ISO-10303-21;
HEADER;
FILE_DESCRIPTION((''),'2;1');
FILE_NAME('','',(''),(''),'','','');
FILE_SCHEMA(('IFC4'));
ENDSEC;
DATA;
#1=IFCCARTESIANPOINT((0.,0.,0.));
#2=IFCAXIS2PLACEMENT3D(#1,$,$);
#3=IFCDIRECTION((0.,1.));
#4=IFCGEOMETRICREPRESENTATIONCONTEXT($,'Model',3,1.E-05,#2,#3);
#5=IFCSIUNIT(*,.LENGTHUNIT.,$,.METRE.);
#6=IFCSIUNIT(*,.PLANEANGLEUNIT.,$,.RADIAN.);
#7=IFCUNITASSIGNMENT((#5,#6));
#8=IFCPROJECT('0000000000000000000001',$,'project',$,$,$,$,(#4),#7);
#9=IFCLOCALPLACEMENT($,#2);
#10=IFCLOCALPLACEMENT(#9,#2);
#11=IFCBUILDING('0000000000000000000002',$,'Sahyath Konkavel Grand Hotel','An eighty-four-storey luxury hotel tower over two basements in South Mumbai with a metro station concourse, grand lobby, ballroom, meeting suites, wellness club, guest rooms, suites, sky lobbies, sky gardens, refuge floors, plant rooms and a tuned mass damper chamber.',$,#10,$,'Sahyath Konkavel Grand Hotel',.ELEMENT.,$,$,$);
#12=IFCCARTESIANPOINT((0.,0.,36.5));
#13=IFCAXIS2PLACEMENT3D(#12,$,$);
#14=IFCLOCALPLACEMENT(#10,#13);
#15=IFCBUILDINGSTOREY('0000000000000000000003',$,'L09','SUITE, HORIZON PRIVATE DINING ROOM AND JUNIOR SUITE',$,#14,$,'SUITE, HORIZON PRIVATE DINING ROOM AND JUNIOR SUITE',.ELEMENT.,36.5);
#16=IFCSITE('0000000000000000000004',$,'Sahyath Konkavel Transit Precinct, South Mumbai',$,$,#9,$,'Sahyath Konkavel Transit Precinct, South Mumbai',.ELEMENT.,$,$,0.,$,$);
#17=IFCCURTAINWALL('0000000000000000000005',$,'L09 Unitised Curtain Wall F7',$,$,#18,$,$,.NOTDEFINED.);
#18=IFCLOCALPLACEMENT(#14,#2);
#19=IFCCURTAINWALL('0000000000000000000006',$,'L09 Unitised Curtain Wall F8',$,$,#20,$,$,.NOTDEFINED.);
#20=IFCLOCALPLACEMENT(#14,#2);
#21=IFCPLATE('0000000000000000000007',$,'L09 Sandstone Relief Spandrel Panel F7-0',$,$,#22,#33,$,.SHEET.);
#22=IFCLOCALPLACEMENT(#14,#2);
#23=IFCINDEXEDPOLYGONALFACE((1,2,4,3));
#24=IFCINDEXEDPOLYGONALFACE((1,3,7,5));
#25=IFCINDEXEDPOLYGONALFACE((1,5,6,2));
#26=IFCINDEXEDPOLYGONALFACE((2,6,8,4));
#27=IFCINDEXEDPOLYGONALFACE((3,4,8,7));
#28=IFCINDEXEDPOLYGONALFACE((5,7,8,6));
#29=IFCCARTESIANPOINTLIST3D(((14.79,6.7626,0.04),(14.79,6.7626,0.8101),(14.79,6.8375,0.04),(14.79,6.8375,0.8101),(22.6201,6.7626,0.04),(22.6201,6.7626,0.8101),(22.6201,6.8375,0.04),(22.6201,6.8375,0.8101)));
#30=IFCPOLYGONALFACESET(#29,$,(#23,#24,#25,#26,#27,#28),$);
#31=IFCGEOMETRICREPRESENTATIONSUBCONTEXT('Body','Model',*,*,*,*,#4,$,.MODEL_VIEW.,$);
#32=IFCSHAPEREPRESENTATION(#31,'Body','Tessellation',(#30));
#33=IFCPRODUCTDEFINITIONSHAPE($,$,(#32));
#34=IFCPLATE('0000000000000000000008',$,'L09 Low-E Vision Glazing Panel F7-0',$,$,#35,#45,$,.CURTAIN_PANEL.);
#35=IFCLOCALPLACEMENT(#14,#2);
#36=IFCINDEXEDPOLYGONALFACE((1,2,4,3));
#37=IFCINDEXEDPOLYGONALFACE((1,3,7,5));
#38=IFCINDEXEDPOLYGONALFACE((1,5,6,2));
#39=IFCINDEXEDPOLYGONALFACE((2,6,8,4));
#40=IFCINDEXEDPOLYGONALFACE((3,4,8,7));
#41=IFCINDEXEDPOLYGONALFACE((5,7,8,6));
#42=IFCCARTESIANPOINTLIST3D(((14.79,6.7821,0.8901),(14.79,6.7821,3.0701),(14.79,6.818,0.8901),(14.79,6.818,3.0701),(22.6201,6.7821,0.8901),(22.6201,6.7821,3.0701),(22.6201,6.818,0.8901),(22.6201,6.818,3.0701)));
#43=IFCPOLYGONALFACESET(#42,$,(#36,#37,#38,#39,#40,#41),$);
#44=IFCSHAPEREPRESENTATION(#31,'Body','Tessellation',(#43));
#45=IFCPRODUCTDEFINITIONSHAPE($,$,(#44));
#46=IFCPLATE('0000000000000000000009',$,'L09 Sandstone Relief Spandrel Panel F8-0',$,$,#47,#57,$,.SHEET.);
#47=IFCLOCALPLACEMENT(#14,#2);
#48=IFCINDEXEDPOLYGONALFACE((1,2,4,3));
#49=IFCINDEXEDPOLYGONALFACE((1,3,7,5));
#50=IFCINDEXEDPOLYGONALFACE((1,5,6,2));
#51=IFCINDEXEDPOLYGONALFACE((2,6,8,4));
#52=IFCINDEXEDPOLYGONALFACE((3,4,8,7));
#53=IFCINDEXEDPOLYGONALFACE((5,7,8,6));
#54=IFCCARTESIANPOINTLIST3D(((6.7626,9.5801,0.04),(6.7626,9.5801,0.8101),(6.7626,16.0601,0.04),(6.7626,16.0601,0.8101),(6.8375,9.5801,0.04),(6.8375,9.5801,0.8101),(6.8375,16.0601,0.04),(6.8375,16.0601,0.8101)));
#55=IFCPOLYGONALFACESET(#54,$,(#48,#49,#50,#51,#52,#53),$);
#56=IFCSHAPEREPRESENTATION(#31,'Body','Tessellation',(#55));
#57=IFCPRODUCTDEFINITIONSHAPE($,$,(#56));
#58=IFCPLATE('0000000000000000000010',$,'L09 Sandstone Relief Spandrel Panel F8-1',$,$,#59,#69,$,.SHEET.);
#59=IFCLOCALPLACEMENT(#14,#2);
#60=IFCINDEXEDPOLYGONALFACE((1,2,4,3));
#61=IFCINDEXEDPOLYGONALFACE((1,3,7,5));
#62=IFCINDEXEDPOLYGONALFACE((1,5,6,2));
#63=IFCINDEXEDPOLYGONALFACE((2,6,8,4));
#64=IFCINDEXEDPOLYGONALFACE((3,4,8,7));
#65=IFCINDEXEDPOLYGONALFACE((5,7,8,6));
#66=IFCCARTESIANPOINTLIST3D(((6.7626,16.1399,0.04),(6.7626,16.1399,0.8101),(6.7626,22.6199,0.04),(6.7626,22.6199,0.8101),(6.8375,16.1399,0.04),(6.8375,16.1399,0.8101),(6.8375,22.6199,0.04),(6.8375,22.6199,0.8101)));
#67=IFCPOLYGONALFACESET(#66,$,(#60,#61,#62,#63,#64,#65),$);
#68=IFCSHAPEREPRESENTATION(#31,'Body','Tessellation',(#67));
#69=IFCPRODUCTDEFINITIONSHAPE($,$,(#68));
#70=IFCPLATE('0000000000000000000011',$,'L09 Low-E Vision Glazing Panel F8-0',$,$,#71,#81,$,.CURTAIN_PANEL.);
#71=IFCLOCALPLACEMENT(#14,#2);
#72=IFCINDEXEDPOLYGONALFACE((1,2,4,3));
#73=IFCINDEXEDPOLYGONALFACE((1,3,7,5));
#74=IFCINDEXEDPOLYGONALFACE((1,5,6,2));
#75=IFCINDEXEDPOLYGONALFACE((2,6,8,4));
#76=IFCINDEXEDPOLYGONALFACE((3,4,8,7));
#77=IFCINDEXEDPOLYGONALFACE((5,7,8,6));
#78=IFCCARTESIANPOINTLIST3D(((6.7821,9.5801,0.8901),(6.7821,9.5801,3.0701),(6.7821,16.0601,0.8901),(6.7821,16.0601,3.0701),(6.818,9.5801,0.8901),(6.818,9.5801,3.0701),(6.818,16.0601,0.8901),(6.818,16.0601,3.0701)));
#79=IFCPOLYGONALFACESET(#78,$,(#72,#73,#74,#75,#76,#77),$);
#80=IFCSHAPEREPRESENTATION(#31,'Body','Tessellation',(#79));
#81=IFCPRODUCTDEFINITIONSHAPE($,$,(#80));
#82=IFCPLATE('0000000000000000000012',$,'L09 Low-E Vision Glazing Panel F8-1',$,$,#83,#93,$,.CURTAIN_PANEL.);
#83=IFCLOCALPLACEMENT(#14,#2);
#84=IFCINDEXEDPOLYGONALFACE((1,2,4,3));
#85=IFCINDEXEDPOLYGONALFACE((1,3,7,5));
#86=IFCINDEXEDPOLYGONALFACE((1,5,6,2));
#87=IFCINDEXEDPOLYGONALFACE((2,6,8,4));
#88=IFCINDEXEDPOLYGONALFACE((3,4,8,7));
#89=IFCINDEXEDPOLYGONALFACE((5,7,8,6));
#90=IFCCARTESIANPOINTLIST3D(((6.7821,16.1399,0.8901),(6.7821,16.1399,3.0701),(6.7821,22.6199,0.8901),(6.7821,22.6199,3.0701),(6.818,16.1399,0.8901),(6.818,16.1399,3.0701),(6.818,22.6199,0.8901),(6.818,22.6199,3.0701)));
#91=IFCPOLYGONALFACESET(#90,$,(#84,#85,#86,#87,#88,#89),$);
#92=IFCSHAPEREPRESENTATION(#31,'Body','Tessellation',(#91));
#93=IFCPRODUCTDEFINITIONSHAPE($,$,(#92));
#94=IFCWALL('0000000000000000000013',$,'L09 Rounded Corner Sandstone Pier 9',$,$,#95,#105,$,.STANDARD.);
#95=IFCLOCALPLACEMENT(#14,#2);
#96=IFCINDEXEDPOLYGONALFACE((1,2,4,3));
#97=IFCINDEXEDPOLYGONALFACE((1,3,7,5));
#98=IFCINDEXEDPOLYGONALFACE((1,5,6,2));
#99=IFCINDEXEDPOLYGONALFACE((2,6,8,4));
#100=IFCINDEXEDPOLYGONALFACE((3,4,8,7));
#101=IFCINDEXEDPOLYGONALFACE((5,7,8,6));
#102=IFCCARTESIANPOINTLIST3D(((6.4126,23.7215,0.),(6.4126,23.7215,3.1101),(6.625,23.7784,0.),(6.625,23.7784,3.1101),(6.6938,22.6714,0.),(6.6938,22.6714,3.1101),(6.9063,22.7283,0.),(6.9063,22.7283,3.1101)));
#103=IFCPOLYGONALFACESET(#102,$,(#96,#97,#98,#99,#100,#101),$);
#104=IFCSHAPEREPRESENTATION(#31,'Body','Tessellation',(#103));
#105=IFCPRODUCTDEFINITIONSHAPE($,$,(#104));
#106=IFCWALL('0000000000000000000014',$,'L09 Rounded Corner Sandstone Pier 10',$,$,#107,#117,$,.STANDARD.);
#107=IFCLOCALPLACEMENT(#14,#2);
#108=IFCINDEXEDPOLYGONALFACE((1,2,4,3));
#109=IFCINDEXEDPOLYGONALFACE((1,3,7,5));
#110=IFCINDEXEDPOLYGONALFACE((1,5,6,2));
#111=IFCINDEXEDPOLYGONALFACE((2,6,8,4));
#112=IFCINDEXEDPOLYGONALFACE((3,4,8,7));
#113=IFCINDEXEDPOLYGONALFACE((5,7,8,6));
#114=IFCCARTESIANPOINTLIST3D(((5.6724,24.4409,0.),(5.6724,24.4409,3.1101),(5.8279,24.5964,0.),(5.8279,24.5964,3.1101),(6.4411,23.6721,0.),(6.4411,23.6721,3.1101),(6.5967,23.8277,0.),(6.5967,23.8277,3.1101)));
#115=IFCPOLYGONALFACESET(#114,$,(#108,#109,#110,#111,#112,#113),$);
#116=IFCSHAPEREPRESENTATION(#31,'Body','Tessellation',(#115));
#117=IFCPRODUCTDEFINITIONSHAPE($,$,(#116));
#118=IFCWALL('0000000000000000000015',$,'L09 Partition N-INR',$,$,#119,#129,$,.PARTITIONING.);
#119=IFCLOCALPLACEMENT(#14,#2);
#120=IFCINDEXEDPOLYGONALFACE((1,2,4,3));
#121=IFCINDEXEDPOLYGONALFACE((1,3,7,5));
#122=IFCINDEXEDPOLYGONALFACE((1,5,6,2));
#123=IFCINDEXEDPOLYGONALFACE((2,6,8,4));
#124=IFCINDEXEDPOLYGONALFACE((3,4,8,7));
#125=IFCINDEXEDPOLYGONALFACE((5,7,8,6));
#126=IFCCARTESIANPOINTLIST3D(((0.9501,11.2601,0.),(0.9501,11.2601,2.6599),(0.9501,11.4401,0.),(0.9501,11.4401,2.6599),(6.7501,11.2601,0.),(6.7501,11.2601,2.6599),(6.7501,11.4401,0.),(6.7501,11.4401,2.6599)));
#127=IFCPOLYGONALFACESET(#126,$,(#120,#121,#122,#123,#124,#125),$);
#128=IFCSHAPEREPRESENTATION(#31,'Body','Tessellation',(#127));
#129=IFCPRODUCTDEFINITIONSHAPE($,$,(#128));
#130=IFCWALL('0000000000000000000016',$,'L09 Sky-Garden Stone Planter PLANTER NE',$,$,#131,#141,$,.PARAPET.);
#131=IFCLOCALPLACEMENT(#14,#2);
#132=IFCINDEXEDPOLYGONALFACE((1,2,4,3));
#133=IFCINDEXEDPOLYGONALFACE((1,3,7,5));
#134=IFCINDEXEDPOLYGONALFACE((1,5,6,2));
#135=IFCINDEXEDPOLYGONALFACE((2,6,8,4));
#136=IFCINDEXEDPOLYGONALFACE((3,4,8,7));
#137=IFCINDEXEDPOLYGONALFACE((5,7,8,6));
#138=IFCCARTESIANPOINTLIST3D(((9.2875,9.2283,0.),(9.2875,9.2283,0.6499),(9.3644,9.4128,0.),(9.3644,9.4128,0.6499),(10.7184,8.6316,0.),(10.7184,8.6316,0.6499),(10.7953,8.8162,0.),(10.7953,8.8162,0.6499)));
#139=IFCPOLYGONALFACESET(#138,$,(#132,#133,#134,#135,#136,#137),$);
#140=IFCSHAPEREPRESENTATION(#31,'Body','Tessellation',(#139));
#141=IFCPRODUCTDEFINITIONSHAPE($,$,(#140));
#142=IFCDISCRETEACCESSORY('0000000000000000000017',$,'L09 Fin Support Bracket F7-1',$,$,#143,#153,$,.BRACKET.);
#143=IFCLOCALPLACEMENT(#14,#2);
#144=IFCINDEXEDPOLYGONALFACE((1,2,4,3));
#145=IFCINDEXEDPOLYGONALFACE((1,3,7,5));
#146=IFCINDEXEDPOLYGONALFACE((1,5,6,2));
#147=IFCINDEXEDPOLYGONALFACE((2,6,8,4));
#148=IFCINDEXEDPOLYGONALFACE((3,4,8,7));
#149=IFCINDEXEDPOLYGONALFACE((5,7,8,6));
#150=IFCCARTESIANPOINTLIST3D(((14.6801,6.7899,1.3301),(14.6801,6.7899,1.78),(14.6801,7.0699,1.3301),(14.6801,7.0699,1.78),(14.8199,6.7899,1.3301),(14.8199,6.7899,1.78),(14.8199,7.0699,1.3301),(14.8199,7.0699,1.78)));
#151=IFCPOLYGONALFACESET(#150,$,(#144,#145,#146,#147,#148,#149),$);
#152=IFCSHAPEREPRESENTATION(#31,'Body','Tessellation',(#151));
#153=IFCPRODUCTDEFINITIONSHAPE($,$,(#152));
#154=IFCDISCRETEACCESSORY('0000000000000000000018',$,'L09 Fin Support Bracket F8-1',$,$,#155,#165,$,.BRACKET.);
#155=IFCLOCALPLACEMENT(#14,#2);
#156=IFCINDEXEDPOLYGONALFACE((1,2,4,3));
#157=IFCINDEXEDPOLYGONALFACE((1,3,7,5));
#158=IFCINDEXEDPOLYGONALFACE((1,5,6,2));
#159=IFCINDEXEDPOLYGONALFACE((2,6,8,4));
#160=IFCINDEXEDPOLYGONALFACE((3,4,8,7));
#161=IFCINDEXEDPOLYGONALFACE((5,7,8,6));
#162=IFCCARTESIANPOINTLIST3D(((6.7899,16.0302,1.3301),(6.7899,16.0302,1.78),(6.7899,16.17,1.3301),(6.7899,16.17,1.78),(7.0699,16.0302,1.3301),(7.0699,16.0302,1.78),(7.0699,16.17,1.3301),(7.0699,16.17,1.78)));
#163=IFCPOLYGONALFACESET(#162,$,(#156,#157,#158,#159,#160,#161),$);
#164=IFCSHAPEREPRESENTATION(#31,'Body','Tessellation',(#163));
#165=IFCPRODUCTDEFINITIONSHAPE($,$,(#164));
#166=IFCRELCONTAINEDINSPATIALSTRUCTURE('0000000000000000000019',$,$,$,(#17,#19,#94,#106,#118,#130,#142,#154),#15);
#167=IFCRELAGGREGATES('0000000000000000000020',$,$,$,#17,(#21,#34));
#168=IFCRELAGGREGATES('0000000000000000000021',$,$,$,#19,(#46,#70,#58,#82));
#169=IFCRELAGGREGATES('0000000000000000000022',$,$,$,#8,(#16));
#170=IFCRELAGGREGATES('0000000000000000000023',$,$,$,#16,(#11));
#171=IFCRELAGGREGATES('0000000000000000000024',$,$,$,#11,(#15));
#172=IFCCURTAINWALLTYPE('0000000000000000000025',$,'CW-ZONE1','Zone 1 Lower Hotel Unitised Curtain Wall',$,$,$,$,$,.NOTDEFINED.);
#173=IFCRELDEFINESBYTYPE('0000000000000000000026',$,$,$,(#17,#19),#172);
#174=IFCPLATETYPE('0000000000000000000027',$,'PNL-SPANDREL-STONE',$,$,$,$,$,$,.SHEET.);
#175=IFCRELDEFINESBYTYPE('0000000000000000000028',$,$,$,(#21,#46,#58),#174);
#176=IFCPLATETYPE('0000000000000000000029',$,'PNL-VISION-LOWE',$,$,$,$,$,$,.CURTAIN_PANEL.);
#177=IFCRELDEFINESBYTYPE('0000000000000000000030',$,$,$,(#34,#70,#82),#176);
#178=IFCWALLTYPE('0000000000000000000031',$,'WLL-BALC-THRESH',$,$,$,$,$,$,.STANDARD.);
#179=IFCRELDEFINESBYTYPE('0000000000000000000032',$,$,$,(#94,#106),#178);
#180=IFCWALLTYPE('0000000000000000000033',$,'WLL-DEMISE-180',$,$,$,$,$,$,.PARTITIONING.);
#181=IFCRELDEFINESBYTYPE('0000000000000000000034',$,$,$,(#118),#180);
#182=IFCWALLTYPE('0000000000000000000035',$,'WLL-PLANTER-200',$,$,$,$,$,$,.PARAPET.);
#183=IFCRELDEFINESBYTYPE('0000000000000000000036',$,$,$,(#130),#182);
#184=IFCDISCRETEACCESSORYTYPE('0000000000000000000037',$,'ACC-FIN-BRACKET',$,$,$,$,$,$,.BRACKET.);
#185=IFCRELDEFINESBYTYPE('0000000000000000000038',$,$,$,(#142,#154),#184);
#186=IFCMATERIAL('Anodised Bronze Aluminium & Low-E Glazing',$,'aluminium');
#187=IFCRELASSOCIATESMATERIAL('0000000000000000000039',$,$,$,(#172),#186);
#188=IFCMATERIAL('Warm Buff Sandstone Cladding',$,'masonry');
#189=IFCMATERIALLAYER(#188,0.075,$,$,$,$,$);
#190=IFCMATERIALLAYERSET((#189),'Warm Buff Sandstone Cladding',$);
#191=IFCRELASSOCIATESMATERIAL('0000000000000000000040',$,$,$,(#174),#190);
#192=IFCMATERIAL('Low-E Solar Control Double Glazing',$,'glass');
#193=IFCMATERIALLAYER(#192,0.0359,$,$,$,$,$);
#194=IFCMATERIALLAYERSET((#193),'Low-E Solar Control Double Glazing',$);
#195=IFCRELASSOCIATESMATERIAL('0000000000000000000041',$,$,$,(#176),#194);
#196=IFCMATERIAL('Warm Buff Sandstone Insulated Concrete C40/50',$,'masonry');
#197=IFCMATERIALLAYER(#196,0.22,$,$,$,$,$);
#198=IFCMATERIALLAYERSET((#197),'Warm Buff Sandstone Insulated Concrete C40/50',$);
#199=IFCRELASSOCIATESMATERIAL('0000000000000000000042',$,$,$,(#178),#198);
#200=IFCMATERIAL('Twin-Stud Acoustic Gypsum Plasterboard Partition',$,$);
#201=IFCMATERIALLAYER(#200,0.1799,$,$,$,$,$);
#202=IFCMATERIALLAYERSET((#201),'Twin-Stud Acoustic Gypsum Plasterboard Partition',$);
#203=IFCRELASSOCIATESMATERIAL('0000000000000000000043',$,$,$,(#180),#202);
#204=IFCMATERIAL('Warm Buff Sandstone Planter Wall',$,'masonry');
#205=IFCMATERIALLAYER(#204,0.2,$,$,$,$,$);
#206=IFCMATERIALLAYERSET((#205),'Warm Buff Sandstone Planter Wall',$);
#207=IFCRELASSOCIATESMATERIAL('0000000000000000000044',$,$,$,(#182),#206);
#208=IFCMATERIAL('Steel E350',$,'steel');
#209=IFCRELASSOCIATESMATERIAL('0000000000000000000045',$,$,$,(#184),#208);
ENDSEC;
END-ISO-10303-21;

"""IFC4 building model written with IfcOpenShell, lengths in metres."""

from ifc_helpers import new_model, si_unit, direction, frame, frame_2d, origin, origin_2d, place, context, subcontext, project, spatial, rectangle, extrude, source, transform, mapped, material, layer, layer_set, type_object, element, aggregate, save


model = new_model("IFC4")

# Units and contexts
model_context = context("Model", 3, precision=1e-05, world=origin(), true_north=direction((0.0, 1.0)))
body_context = subcontext(model_context, "Body", "Model", "MODEL_VIEW")
ifc_project = project(units=[si_unit("LENGTHUNIT", "METRE"), si_unit("PLANEANGLEUNIT", "RADIAN")], contexts=[model_context])

# Site, building, storey
site_placement = place(None, origin())
site = spatial("IfcSite", under=ifc_project, at=site_placement, Name="Sahyath Konkavel Transit Precinct, South Mumbai", LongName="Sahyath Konkavel Transit Precinct, South Mumbai", CompositionType="ELEMENT", RefElevation=0.0)
building_placement = place(site_placement, origin())
building = spatial("IfcBuilding", under=site, at=building_placement, Name="Sahyath Konkavel Grand Hotel", Description="An eighty-four-storey luxury hotel tower over two basements in South Mumbai with a metro station concourse, grand lobby, ballroom, meeting suites, wellness club, guest rooms, suites, sky lobbies, sky gardens, refuge floors, plant rooms and a tuned mass damper chamber.", LongName="Sahyath Konkavel Grand Hotel", CompositionType="ELEMENT")
storey_placement = place(building_placement, frame((0.0, 0.0, 36.5)))
storey = spatial("IfcBuildingStorey", under=building, at=storey_placement, Name="L09", Description="SUITE, HORIZON PRIVATE DINING ROOM AND JUNIOR SUITE", LongName="SUITE, HORIZON PRIVATE DINING ROOM AND JUNIOR SUITE", CompositionType="ELEMENT", Elevation=36.5)

# Curtain walls
ifc_material_1 = material(Name="Anodised Bronze Aluminium & Low-E Glazing", Category="aluminium")
curtain_wall_type = type_object("IfcCurtainWallType", Name="CW-ZONE1", Description="Zone 1 Lower Hotel Unitised Curtain Wall", PredefinedType="NOTDEFINED", material=ifc_material_1)
curtain_wall_1_placement = place(storey_placement, origin())
curtain_wall_1 = element("IfcCurtainWall", 1, at=curtain_wall_1_placement, inside=storey, type_object=curtain_wall_type, Name="L09 Unitised Curtain Wall F7", PredefinedType="NOTDEFINED")
curtain_wall_2_placement = place(storey_placement, origin())
curtain_wall_2 = element("IfcCurtainWall", 2, at=curtain_wall_2_placement, inside=storey, type_object=curtain_wall_type, Name="L09 Unitised Curtain Wall F8", PredefinedType="NOTDEFINED")

# Plates
ifc_material_2 = material(Name="Warm Buff Sandstone Cladding", Category="masonry")
ifc_layer_1 = layer(ifc_material_2, 0.075)
ifc_layer_set_1 = layer_set([ifc_layer_1], Name="Warm Buff Sandstone Cladding")
plate_type_1 = type_object("IfcPlateType", Name="PNL-SPANDREL-STONE", PredefinedType="SHEET", material=ifc_layer_set_1)
shared_shape_1 = source(origin(), body_context, "Body", "SweptSolid", [
    extrude(rectangle(XDim=7.8301, YDim=0.075, at=origin_2d()), origin(), (0.0, 0.0, 1.0), 0.77),
])
plate_1_placement = place(storey_placement, frame((18.7051, 6.8, 0.04), z_axis=(0.0, 0.0, 1.0), x_axis=(-1.0, 0.0, 0.0)))
plate_1 = element("IfcPlate", 3, at=plate_1_placement, type_object=plate_type_1, Name="L09 Sandstone Relief Spandrel Panel F7-0", PredefinedType="SHEET", context=body_context, shape_type="MappedRepresentation", body=[
    mapped(shared_shape_1, transform((0.0, 0.0, 0.0), scale=1.0)),
])
ifc_material_3 = material(Name="Low-E Solar Control Double Glazing", Category="glass")
ifc_layer_2 = layer(ifc_material_3, 0.0359)
ifc_layer_set_2 = layer_set([ifc_layer_2], Name="Low-E Solar Control Double Glazing")
plate_type_2 = type_object("IfcPlateType", Name="PNL-VISION-LOWE", PredefinedType="CURTAIN_PANEL", material=ifc_layer_set_2)
shared_shape_2 = source(origin(), body_context, "Body", "SweptSolid", [
    extrude(rectangle(XDim=7.8301, YDim=0.0359, at=origin_2d()), origin(), (0.0, 0.0, 1.0), 2.1799),
])
plate_2_placement = place(storey_placement, frame((18.7051, 6.8, 0.8901), z_axis=(0.0, 0.0, 1.0), x_axis=(-1.0, 0.0, 0.0)))
plate_2 = element("IfcPlate", 4, at=plate_2_placement, type_object=plate_type_2, Name="L09 Low-E Vision Glazing Panel F7-0", PredefinedType="CURTAIN_PANEL", context=body_context, shape_type="MappedRepresentation", body=[
    mapped(shared_shape_2, transform((0.0, 0.0, 0.0), scale=1.0)),
])
aggregate(curtain_wall_1, [plate_1, plate_2])
shared_shape_3 = source(origin(), body_context, "Body", "SweptSolid", [
    extrude(rectangle(XDim=6.48, YDim=0.075, at=origin_2d()), origin(), (0.0, 0.0, 1.0), 0.77),
])
plate_3_placement = place(storey_placement, frame((6.8, 12.8201, 0.04), z_axis=(0.0, 0.0, 1.0), x_axis=(0.0, 1.0, 0.0)))
plate_3 = element("IfcPlate", 5, at=plate_3_placement, type_object=plate_type_1, Name="L09 Sandstone Relief Spandrel Panel F8-0", PredefinedType="SHEET", context=body_context, shape_type="MappedRepresentation", body=[
    mapped(shared_shape_3, transform((0.0, 0.0, 0.0), scale=1.0)),
])
plate_4_placement = place(storey_placement, frame((6.8, 19.3799, 0.04), z_axis=(0.0, 0.0, 1.0), x_axis=(0.0, 1.0, 0.0)))
plate_4 = element("IfcPlate", 6, at=plate_4_placement, type_object=plate_type_1, Name="L09 Sandstone Relief Spandrel Panel F8-1", PredefinedType="SHEET", context=body_context, shape_type="MappedRepresentation", body=[
    mapped(shared_shape_3, transform((0.0, 0.0, 0.0), scale=1.0)),
])
shared_shape_4 = source(origin(), body_context, "Body", "SweptSolid", [
    extrude(rectangle(XDim=6.48, YDim=0.0359, at=origin_2d()), origin(), (0.0, 0.0, 1.0), 2.1799),
])
plate_5_placement = place(storey_placement, frame((6.8, 12.8201, 0.8901), z_axis=(0.0, 0.0, 1.0), x_axis=(0.0, 1.0, 0.0)))
plate_5 = element("IfcPlate", 7, at=plate_5_placement, type_object=plate_type_2, Name="L09 Low-E Vision Glazing Panel F8-0", PredefinedType="CURTAIN_PANEL", context=body_context, shape_type="MappedRepresentation", body=[
    mapped(shared_shape_4, transform((0.0, 0.0, 0.0), scale=1.0)),
])
plate_6_placement = place(storey_placement, frame((6.8, 19.3799, 0.8901), z_axis=(0.0, 0.0, 1.0), x_axis=(0.0, 1.0, 0.0)))
plate_6 = element("IfcPlate", 8, at=plate_6_placement, type_object=plate_type_2, Name="L09 Low-E Vision Glazing Panel F8-1", PredefinedType="CURTAIN_PANEL", context=body_context, shape_type="MappedRepresentation", body=[
    mapped(shared_shape_4, transform((0.0, 0.0, 0.0), scale=1.0)),
])
aggregate(curtain_wall_2, [plate_3, plate_5, plate_4, plate_6])

# Walls
ifc_material_4 = material(Name="Warm Buff Sandstone Insulated Concrete C40/50", Category="masonry")
ifc_layer_3 = layer(ifc_material_4, 0.22)
ifc_layer_set_3 = layer_set([ifc_layer_3], Name="Warm Buff Sandstone Insulated Concrete C40/50")
wall_type_1 = type_object("IfcWallType", Name="WLL-BALC-THRESH", PredefinedType="STANDARD", material=ifc_layer_set_3)
for number, where, z_axis, x_axis, name in (
    (9, (6.8, 22.7, 0.0), (0.0, 0.0, 1.0), (-0.258725, 0.965951, 0.0), "L09 Rounded Corner Sandstone Pier 9"),
    (10, (6.5188, 23.75, 0.0), (0.0, 0.0, 1.0), (-0.707107, 0.707107, 0.0), "L09 Rounded Corner Sandstone Pier 10"),
):
    element("IfcWall", number, at=place(storey_placement, frame(where, z_axis=z_axis, x_axis=x_axis)), inside=storey, type_object=wall_type_1, Name=name, PredefinedType="STANDARD", context=body_context, shape_type="SweptSolid", body=[
        extrude(rectangle(XDim=1.0872, YDim=0.22, at=frame_2d((0.5435, 0.0))), origin(), (0.0, 0.0, 1.0), 3.1101),
    ])
ifc_material_5 = material(Name="Twin-Stud Acoustic Gypsum Plasterboard Partition")
ifc_layer_4 = layer(ifc_material_5, 0.1799)
ifc_layer_set_4 = layer_set([ifc_layer_4], Name="Twin-Stud Acoustic Gypsum Plasterboard Partition")
wall_type_2 = type_object("IfcWallType", Name="WLL-DEMISE-180", PredefinedType="PARTITIONING", material=ifc_layer_set_4)
wall_1_placement = place(storey_placement, frame((6.75, 11.3501, 0.0), z_axis=(0.0, 0.0, 1.0), x_axis=(-1.0, 0.0, 0.0)))
element("IfcWall", 11, at=wall_1_placement, inside=storey, type_object=wall_type_2, Name="L09 Partition N-INR", PredefinedType="PARTITIONING", context=body_context, shape_type="SweptSolid", body=[
    extrude(rectangle(XDim=5.8, YDim=0.1799, at=frame_2d((2.8999, 0.0))), origin(), (0.0, 0.0, 1.0), 2.6599),
])
ifc_material_6 = material(Name="Warm Buff Sandstone Planter Wall", Category="masonry")
ifc_layer_5 = layer(ifc_material_6, 0.2)
ifc_layer_set_5 = layer_set([ifc_layer_5], Name="Warm Buff Sandstone Planter Wall")
wall_type_3 = type_object("IfcWallType", Name="WLL-PLANTER-200", PredefinedType="PARAPET", material=ifc_layer_set_5)
wall_2_placement = place(storey_placement, frame((10.7568, 8.7239, 0.0), z_axis=(0.0, 0.0, 1.0), x_axis=(-0.92297, 0.384873, 0.0)))
element("IfcWall", 12, at=wall_2_placement, inside=storey, type_object=wall_type_3, Name="L09 Sky-Garden Stone Planter PLANTER NE", PredefinedType="PARAPET", context=body_context, shape_type="SweptSolid", body=[
    extrude(rectangle(XDim=1.5503, YDim=0.2, at=frame_2d((0.7751, 0.0))), origin(), (0.0, 0.0, 1.0), 0.6499),
])

# Discrete accessories
ifc_material_7 = material(Name="Steel E350", Category="steel")
discrete_accessory_type = type_object("IfcDiscreteAccessoryType", Name="ACC-FIN-BRACKET", PredefinedType="BRACKET", material=ifc_material_7)
shared_shape_5 = source(origin(), body_context, "Body", "SweptSolid", [
    extrude(rectangle(XDim=0.28, YDim=0.1399, at=origin_2d()), origin(), (0.0, 0.0, 1.0), 0.45),
])
for number, where, z_axis, x_axis, name in (
    (13, (14.75, 6.9299, 1.3301), (0.0, 0.0, 1.0), (0.0, 1.0, 0.0), "L09 Fin Support Bracket F7-1"),
    (14, (6.9299, 16.1001, 1.3301), (0.0, 0.0, 1.0), (1.0, 0.0, 0.0), "L09 Fin Support Bracket F8-1"),
):
    element("IfcDiscreteAccessory", number, at=place(storey_placement, frame(where, z_axis=z_axis, x_axis=x_axis)), inside=storey, type_object=discrete_accessory_type, Name=name, PredefinedType="BRACKET", context=body_context, shape_type="MappedRepresentation", body=[
        mapped(shared_shape_5, transform((0.0, 0.0, 0.0), scale=1.0)),
    ])

save(model, "model.ifc")
